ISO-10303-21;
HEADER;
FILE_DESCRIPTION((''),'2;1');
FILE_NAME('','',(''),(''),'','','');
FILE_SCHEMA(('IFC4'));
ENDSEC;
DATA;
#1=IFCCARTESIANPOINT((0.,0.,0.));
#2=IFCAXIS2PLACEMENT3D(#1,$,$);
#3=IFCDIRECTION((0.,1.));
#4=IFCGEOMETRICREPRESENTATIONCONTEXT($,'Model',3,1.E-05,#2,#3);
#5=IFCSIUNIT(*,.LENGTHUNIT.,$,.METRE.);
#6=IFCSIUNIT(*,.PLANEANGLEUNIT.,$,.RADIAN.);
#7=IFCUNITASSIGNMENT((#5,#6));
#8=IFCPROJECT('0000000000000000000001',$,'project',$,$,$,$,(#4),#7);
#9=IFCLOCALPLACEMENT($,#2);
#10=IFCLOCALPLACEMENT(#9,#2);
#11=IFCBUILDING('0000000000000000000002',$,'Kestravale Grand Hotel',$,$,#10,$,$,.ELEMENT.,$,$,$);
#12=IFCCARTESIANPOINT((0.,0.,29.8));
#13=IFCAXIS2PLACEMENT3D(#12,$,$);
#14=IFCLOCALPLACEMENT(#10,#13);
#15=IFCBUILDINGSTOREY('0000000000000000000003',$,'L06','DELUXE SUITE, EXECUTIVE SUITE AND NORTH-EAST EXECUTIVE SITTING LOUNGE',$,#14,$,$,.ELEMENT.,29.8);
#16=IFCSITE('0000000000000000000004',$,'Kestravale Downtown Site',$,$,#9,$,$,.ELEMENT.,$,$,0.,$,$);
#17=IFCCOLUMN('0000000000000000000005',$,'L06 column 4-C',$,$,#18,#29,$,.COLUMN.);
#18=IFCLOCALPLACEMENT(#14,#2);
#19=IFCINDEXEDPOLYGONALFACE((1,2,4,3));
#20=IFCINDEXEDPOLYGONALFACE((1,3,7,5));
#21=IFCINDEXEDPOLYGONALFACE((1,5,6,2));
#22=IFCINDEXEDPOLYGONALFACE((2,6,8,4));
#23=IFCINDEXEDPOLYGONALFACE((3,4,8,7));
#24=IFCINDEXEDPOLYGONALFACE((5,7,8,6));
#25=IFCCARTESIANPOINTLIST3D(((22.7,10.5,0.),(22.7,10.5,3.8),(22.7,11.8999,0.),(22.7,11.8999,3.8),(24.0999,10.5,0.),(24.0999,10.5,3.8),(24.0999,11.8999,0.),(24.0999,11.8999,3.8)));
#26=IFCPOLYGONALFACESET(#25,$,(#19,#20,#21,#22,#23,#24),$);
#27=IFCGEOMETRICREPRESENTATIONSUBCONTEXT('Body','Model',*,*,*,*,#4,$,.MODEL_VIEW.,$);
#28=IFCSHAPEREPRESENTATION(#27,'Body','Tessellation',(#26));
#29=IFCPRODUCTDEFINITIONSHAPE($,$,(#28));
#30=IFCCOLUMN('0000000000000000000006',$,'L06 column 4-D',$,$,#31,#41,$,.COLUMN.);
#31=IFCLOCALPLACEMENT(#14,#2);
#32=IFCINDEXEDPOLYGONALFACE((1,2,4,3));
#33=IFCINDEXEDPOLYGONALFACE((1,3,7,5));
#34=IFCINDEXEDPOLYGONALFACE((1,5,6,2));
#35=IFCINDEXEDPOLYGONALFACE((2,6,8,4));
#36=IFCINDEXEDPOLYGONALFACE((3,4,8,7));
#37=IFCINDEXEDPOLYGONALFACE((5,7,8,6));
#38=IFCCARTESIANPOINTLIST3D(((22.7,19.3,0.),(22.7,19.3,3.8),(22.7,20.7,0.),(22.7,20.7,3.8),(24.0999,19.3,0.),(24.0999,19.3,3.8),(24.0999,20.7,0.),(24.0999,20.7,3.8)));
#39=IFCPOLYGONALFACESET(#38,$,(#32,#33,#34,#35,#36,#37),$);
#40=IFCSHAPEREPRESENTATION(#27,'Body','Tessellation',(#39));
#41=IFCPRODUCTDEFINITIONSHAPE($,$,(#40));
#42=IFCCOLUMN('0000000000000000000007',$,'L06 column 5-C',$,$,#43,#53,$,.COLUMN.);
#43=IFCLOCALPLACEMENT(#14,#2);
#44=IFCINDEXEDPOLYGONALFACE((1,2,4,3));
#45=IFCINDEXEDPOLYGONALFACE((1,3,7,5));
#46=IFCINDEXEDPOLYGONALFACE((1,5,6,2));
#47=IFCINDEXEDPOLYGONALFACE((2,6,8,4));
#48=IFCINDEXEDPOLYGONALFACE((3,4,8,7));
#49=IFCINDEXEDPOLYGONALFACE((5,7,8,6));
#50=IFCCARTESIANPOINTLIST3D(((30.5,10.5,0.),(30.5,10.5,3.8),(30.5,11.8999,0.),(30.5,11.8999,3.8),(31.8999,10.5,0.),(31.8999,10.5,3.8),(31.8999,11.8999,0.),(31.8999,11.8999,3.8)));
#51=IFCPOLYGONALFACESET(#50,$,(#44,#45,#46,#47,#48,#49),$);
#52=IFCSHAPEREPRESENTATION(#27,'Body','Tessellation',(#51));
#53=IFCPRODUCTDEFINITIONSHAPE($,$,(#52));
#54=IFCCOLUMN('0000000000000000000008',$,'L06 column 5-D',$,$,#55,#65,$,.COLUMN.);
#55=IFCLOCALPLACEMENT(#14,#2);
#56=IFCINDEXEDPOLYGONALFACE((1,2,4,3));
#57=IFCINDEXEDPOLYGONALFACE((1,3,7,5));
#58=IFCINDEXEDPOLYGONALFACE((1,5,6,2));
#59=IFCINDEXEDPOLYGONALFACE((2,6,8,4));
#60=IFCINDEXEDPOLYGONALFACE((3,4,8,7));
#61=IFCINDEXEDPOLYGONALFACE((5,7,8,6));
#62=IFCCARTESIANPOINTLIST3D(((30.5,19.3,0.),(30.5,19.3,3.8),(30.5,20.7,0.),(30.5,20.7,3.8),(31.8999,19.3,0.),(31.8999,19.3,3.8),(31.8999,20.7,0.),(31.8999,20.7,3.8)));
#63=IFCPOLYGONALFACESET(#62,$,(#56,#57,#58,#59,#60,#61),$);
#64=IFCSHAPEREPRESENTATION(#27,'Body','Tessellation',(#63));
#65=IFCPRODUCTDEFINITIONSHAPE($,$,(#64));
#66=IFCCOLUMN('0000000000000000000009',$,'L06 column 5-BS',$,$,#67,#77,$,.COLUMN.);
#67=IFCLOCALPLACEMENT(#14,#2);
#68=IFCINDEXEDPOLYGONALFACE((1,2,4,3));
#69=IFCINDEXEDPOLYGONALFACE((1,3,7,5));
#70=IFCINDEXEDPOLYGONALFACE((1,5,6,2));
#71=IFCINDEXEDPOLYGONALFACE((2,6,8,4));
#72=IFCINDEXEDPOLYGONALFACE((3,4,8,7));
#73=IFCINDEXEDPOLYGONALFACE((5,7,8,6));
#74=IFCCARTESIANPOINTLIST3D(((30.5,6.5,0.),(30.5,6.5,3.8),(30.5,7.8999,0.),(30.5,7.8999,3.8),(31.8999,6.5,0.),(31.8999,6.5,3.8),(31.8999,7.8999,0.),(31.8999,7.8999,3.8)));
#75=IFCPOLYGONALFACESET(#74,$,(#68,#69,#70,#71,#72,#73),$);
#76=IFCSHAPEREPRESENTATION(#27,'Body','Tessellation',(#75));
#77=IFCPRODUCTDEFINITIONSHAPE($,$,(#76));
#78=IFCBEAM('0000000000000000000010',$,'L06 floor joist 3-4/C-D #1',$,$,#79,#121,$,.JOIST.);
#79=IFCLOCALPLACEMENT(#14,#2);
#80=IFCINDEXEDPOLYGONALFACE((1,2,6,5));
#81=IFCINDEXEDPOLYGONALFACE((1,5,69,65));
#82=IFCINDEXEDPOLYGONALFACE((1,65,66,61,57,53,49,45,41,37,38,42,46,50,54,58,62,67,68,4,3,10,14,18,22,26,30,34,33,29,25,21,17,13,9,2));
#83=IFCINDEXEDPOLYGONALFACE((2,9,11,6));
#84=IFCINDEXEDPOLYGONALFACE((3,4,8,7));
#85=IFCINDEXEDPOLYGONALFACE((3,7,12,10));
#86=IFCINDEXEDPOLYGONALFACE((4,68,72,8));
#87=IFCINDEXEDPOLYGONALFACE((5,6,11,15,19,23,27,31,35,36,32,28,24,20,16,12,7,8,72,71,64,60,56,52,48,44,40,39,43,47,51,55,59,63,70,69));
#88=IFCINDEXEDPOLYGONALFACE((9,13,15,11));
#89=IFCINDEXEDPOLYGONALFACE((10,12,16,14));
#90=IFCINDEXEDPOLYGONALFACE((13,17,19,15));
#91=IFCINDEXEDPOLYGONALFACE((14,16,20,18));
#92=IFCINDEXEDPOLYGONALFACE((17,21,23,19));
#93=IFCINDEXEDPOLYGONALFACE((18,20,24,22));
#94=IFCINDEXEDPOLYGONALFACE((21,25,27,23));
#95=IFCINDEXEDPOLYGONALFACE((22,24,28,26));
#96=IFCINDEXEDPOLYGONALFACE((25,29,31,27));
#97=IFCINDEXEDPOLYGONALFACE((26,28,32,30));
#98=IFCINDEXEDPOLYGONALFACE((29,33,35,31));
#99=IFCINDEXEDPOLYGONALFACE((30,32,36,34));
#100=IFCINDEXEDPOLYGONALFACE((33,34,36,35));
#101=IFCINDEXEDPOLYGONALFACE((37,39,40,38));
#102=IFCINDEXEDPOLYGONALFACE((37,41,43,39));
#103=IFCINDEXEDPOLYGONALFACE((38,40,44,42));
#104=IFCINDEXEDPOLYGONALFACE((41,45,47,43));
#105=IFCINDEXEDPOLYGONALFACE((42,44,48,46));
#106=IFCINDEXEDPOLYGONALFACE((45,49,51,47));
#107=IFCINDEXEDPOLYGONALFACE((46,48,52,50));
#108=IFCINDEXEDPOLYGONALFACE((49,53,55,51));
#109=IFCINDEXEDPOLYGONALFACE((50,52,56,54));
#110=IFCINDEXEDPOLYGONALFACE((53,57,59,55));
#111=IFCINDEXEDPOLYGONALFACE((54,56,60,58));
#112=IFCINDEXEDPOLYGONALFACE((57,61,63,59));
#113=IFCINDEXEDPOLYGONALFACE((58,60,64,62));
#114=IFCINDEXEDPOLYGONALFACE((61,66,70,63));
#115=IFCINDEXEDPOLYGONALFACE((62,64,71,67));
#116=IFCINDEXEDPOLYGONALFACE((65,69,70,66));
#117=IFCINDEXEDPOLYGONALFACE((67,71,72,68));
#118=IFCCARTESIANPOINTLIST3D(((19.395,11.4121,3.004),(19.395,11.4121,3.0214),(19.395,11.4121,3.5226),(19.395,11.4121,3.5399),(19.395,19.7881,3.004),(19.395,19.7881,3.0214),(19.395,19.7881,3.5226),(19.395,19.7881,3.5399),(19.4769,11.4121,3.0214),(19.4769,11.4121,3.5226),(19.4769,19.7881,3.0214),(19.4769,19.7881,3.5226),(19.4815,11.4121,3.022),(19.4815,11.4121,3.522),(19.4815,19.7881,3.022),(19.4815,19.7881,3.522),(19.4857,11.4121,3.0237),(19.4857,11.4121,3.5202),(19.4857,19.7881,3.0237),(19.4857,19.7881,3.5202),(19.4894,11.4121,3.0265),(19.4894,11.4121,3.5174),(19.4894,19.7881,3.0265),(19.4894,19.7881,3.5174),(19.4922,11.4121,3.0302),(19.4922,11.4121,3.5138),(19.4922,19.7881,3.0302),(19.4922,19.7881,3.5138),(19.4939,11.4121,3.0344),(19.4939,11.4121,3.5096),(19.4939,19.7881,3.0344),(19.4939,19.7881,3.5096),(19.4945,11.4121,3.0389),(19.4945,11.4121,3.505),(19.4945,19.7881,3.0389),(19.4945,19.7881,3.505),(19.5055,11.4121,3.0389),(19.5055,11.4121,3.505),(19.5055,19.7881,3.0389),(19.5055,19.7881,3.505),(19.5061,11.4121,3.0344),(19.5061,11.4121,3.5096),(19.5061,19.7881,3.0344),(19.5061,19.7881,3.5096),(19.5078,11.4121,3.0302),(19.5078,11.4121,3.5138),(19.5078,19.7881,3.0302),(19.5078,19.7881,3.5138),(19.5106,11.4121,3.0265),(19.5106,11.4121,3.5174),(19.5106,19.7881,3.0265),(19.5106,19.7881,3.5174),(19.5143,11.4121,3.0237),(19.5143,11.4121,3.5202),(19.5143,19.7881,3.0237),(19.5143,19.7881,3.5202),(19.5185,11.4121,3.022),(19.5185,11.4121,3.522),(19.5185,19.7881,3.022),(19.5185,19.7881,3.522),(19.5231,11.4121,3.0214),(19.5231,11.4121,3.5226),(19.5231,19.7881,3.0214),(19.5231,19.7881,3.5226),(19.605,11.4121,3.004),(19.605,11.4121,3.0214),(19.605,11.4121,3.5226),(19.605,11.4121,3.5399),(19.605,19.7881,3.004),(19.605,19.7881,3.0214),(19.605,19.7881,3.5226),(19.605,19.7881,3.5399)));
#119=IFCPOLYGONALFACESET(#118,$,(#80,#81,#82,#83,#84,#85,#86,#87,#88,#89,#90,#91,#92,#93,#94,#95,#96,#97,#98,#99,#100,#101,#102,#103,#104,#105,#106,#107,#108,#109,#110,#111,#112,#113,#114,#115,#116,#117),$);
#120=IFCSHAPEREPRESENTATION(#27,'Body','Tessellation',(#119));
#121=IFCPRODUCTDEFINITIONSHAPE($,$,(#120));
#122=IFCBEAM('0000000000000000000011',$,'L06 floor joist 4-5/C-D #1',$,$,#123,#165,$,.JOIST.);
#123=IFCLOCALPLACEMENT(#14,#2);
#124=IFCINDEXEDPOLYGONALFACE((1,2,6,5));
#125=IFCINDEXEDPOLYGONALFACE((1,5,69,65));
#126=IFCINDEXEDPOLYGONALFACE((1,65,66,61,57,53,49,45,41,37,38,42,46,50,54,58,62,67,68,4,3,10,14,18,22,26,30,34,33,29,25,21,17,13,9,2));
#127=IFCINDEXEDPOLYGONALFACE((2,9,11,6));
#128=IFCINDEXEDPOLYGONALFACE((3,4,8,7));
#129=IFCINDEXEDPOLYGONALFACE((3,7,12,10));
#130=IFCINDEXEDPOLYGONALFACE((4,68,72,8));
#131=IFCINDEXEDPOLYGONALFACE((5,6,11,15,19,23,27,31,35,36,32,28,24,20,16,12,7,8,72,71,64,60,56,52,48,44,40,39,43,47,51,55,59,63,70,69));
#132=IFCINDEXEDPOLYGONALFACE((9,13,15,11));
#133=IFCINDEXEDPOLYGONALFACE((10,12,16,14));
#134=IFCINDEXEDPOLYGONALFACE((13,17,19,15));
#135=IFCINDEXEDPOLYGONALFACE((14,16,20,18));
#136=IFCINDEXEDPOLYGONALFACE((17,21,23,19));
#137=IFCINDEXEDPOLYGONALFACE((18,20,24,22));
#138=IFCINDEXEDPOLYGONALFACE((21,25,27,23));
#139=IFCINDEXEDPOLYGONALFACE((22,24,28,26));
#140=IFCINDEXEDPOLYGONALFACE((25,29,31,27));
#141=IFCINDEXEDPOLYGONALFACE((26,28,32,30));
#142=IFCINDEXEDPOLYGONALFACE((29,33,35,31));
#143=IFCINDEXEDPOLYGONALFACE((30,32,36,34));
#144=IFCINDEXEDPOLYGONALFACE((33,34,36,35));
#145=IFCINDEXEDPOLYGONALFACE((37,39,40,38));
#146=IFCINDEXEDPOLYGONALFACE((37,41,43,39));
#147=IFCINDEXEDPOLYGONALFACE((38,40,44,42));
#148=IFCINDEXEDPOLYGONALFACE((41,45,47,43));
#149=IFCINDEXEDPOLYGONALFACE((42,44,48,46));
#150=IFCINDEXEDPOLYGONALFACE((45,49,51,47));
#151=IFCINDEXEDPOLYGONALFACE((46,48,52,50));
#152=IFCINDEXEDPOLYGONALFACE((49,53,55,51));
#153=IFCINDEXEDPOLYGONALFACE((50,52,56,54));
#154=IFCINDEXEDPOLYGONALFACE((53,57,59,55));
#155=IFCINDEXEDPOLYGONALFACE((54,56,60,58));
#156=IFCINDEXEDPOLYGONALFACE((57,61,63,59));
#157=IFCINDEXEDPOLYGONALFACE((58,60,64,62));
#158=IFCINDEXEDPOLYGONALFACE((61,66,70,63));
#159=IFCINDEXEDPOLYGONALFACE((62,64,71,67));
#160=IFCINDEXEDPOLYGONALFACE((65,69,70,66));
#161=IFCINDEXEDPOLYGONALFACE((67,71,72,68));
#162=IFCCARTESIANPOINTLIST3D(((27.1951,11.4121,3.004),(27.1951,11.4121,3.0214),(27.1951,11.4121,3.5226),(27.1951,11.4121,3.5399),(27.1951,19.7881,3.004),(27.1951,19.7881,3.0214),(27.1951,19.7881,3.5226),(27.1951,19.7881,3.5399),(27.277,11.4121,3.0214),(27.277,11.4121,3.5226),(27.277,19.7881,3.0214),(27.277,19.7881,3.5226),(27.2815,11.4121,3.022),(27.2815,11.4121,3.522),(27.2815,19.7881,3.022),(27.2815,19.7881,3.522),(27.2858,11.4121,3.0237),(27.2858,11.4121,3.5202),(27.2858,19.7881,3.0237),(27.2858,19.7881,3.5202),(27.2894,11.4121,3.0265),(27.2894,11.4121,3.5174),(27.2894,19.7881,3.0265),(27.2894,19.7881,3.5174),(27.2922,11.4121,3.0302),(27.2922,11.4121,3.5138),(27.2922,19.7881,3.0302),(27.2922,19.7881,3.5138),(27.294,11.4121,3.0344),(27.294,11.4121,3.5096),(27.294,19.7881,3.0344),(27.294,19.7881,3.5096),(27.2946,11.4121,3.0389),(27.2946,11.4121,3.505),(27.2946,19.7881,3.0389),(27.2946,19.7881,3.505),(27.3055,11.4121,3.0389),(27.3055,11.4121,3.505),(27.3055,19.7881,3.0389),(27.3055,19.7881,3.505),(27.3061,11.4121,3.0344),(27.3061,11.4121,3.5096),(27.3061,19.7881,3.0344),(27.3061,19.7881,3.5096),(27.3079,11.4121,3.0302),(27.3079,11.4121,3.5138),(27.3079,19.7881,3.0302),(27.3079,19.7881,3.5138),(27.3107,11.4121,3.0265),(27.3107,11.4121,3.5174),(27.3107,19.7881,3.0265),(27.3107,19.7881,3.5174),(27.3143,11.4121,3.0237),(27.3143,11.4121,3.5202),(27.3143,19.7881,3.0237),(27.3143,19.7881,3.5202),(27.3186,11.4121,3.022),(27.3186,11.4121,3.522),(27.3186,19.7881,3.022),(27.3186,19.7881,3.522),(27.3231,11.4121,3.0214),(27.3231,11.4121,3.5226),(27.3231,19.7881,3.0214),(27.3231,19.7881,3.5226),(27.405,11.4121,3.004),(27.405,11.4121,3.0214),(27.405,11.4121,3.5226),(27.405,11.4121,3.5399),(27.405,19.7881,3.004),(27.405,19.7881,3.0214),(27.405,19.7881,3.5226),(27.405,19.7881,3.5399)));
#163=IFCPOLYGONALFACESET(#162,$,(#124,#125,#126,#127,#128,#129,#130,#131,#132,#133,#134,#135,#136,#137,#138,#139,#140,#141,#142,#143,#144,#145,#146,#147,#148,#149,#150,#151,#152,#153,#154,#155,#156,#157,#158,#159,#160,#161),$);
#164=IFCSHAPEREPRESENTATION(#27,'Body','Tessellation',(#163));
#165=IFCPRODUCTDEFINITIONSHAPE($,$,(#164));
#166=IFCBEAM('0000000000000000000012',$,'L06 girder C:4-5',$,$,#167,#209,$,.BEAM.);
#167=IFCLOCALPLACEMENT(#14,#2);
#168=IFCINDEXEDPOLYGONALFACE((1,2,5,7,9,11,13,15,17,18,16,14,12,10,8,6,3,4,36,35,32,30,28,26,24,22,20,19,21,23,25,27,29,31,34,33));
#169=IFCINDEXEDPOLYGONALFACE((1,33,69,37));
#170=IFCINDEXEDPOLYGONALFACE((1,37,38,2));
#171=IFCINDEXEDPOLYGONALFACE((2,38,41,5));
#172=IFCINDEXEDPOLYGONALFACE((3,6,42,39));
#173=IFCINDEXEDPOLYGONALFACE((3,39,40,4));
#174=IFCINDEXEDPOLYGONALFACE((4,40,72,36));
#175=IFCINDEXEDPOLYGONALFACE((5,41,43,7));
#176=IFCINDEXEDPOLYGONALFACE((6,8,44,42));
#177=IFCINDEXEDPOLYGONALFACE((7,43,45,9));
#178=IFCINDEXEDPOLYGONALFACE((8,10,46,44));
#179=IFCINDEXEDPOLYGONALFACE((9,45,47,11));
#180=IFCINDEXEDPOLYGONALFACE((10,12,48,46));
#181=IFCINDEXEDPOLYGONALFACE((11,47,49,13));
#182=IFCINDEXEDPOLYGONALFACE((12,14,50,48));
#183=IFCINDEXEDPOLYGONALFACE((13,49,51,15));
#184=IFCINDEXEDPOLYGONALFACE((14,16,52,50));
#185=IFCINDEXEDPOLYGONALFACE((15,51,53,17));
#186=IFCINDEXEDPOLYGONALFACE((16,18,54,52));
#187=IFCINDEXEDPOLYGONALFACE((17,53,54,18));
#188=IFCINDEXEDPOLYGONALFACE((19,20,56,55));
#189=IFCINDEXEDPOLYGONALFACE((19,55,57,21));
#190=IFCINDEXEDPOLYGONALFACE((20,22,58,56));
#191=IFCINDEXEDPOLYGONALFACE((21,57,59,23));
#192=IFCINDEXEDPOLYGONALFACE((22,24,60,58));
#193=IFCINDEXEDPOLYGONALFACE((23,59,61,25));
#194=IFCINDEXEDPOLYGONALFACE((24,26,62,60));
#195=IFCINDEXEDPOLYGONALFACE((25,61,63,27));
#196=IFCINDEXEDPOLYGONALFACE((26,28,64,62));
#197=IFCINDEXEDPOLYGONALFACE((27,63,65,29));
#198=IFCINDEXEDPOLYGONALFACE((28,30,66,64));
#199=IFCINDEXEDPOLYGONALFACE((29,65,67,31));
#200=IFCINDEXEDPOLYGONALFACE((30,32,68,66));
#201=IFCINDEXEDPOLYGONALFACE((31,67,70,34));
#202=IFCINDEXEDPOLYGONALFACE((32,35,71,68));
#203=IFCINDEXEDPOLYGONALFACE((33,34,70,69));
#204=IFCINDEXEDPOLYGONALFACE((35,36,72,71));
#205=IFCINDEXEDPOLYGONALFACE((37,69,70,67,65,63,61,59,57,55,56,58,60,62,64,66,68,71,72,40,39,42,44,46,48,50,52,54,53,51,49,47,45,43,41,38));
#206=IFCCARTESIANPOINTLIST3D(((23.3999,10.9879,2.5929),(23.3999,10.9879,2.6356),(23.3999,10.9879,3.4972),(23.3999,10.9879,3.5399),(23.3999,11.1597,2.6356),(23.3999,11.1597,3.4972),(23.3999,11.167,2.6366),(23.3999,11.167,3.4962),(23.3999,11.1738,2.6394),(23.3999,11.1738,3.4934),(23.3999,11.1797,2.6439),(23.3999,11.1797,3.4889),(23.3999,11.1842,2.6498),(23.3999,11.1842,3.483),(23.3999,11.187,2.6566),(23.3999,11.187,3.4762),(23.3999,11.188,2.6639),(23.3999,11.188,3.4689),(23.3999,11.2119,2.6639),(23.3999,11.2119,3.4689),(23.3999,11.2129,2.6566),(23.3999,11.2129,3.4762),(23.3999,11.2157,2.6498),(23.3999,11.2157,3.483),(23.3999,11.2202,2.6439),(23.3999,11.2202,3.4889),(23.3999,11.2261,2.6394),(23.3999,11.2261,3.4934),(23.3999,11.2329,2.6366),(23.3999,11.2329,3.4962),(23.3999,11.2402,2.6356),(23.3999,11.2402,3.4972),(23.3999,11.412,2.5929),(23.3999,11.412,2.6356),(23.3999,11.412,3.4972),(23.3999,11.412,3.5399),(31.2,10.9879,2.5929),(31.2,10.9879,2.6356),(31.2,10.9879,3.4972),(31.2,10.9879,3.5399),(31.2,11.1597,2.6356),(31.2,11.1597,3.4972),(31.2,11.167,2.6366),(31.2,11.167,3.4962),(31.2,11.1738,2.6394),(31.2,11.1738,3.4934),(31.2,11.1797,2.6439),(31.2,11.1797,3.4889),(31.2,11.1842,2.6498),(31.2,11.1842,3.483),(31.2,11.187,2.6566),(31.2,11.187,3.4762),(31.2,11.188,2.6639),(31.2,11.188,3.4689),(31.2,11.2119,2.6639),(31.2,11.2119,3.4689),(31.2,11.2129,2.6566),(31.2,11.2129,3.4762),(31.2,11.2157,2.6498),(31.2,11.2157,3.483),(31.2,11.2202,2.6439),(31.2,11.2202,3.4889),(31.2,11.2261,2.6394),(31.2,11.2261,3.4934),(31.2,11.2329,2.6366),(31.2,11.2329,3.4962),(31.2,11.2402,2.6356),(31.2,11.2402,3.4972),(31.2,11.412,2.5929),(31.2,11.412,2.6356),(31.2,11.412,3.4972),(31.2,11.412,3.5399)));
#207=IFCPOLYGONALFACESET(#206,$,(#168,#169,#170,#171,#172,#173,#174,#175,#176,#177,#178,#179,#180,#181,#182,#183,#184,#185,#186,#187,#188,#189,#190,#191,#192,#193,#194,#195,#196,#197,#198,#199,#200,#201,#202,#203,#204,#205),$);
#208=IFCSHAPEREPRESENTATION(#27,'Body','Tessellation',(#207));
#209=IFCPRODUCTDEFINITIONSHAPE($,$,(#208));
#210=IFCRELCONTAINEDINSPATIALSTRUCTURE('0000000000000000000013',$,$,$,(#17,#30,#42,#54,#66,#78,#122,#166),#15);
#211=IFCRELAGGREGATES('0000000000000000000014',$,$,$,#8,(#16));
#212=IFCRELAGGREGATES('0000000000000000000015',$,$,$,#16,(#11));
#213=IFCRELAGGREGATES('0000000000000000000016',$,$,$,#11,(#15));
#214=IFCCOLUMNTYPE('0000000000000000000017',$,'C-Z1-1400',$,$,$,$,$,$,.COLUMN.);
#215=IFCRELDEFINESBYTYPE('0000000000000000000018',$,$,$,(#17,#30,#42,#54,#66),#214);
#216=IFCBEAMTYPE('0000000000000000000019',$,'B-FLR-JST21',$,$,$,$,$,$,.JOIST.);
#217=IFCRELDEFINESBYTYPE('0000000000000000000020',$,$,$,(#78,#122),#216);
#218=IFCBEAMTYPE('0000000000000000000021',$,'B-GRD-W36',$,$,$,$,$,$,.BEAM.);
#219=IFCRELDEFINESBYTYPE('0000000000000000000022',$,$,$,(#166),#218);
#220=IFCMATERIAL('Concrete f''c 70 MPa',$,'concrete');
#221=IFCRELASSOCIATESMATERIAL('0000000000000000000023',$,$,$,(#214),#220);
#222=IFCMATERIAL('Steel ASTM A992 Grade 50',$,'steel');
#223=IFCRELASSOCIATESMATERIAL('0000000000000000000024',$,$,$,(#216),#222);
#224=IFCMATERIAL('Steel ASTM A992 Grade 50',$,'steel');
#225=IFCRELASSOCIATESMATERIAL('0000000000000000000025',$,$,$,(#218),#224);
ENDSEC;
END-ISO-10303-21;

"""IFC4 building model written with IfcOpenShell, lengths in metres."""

from ifc_helpers import new_model, si_unit, direction, frame, origin, origin_2d, place, context, subcontext, project, spatial, rectangle, i_section, extrude, material, material_profile, profile_set, type_object, element, save


model = new_model("IFC4")

# Units and contexts
model_context = context("Model", 3, precision=1e-05, world=origin(), true_north=direction((0.0, 1.0)))
body_context = subcontext(model_context, "Body", "Model", "MODEL_VIEW")
ifc_project = project(units=[si_unit("LENGTHUNIT", "METRE"), si_unit("PLANEANGLEUNIT", "RADIAN")], contexts=[model_context])

# Site, building, storey
site_placement = place(None, origin())
site = spatial("IfcSite", under=ifc_project, at=site_placement, Name="Kestravale Downtown Site", CompositionType="ELEMENT", RefElevation=0.0)
building_placement = place(site_placement, origin())
building = spatial("IfcBuilding", under=site, at=building_placement, Name="Kestravale Grand Hotel", CompositionType="ELEMENT")
storey_placement = place(building_placement, frame((0.0, 0.0, 29.8)))
storey = spatial("IfcBuildingStorey", under=building, at=storey_placement, Name="L06", Description="DELUXE SUITE, EXECUTIVE SUITE AND NORTH-EAST EXECUTIVE SITTING LOUNGE", CompositionType="ELEMENT", Elevation=29.8)

# Columns
ifc_material_1 = material(Name="Concrete f'c 70 MPa", Category="concrete")
ifc_material_profile_1 = material_profile(ifc_material_1, rectangle(XDim=1.3999, YDim=1.3999, at=origin_2d()))
ifc_profile_set_1 = profile_set([ifc_material_profile_1], Name="Concrete f'c 70 MPa")
column_type = type_object("IfcColumnType", Name="C-Z1-1400", PredefinedType="COLUMN", material=ifc_profile_set_1)
for number, where, z_axis, x_axis, name in (
    (1, (23.3999, 11.2, 0.0), (0.0, 0.0, 1.0), (1.0, 0.0, 0.0), "L06 column 4-C"),
    (2, (23.3999, 20.0, 0.0), (0.0, 0.0, 1.0), (1.0, 0.0, 0.0), "L06 column 4-D"),
    (3, (31.2, 11.2, 0.0), (0.0, 0.0, 1.0), (1.0, 0.0, 0.0), "L06 column 5-C"),
    (4, (31.2, 20.0, 0.0), (0.0, 0.0, 1.0), (1.0, 0.0, 0.0), "L06 column 5-D"),
    (5, (31.2, 7.2, 0.0), (0.0, 0.0, 1.0), (1.0, 0.0, 0.0), "L06 column 5-BS"),
):
    element("IfcColumn", number, at=place(storey_placement, frame(where, z_axis=z_axis, x_axis=x_axis)), inside=storey, type_object=column_type, Name=name, PredefinedType="COLUMN", context=body_context, shape_type="SweptSolid", body=[
        extrude(rectangle(XDim=1.3999, YDim=1.3999, at=origin_2d()), origin(), (0.0, 0.0, 1.0), 3.8),
    ])

# Beams
ifc_material_2 = material(Name="Steel ASTM A992 Grade 50", Category="steel")
ifc_material_profile_2 = material_profile(ifc_material_2, i_section(OverallWidth=0.21, OverallDepth=0.5359, WebThickness=0.011, FlangeThickness=0.0173, FilletRadius=0.0176, at=origin_2d()))
ifc_profile_set_2 = profile_set([ifc_material_profile_2], Name="Steel ASTM A992 Grade 50")
beam_type_1 = type_object("IfcBeamType", Name="B-FLR-JST21", PredefinedType="JOIST", material=ifc_profile_set_2)
for number, where, z_axis, x_axis, name in (
    (6, (19.5, 11.4121, 3.272), (0.0, 1.0, 0.0), (-1.0, 0.0, 0.0), "L06 floor joist 3-4/C-D #1"),
    (7, (27.3, 11.4121, 3.272), (0.0, 1.0, 0.0), (-1.0, 0.0, 0.0), "L06 floor joist 4-5/C-D #1"),
):
    element("IfcBeam", number, at=place(storey_placement, frame(where, z_axis=z_axis, x_axis=x_axis)), inside=storey, type_object=beam_type_1, Name=name, PredefinedType="JOIST", context=body_context, shape_type="SweptSolid", body=[
        extrude(i_section(OverallWidth=0.21, OverallDepth=0.5359, WebThickness=0.011, FlangeThickness=0.0173, FilletRadius=0.0176, at=origin_2d()), origin(), (0.0, 0.0, 1.0), 8.376),
    ])
ifc_material_3 = material(Name="Steel ASTM A992 Grade 50", Category="steel")
ifc_material_profile_3 = material_profile(ifc_material_3, i_section(OverallWidth=0.4241, OverallDepth=0.947, WebThickness=0.0239, FlangeThickness=0.0427, FilletRadius=0.0283, at=origin_2d()))
ifc_profile_set_3 = profile_set([ifc_material_profile_3], Name="Steel ASTM A992 Grade 50")
beam_type_2 = type_object("IfcBeamType", Name="B-GRD-W36", PredefinedType="BEAM", material=ifc_profile_set_3)
for number, where, z_axis, x_axis, name in (
    (8, (23.3999, 11.2, 3.0664), (1.0, 0.0, 0.0), (0.0, 1.0, 0.0), "L06 girder C:4-5"),
):
    element("IfcBeam", number, at=place(storey_placement, frame(where, z_axis=z_axis, x_axis=x_axis)), inside=storey, type_object=beam_type_2, Name=name, PredefinedType="BEAM", context=body_context, shape_type="SweptSolid", body=[
        extrude(i_section(OverallWidth=0.4241, OverallDepth=0.947, WebThickness=0.0239, FlangeThickness=0.0427, FilletRadius=0.0283, at=origin_2d()), origin(), (0.0, 0.0, 1.0), 7.8),
    ])

save(model, "model.ifc")
